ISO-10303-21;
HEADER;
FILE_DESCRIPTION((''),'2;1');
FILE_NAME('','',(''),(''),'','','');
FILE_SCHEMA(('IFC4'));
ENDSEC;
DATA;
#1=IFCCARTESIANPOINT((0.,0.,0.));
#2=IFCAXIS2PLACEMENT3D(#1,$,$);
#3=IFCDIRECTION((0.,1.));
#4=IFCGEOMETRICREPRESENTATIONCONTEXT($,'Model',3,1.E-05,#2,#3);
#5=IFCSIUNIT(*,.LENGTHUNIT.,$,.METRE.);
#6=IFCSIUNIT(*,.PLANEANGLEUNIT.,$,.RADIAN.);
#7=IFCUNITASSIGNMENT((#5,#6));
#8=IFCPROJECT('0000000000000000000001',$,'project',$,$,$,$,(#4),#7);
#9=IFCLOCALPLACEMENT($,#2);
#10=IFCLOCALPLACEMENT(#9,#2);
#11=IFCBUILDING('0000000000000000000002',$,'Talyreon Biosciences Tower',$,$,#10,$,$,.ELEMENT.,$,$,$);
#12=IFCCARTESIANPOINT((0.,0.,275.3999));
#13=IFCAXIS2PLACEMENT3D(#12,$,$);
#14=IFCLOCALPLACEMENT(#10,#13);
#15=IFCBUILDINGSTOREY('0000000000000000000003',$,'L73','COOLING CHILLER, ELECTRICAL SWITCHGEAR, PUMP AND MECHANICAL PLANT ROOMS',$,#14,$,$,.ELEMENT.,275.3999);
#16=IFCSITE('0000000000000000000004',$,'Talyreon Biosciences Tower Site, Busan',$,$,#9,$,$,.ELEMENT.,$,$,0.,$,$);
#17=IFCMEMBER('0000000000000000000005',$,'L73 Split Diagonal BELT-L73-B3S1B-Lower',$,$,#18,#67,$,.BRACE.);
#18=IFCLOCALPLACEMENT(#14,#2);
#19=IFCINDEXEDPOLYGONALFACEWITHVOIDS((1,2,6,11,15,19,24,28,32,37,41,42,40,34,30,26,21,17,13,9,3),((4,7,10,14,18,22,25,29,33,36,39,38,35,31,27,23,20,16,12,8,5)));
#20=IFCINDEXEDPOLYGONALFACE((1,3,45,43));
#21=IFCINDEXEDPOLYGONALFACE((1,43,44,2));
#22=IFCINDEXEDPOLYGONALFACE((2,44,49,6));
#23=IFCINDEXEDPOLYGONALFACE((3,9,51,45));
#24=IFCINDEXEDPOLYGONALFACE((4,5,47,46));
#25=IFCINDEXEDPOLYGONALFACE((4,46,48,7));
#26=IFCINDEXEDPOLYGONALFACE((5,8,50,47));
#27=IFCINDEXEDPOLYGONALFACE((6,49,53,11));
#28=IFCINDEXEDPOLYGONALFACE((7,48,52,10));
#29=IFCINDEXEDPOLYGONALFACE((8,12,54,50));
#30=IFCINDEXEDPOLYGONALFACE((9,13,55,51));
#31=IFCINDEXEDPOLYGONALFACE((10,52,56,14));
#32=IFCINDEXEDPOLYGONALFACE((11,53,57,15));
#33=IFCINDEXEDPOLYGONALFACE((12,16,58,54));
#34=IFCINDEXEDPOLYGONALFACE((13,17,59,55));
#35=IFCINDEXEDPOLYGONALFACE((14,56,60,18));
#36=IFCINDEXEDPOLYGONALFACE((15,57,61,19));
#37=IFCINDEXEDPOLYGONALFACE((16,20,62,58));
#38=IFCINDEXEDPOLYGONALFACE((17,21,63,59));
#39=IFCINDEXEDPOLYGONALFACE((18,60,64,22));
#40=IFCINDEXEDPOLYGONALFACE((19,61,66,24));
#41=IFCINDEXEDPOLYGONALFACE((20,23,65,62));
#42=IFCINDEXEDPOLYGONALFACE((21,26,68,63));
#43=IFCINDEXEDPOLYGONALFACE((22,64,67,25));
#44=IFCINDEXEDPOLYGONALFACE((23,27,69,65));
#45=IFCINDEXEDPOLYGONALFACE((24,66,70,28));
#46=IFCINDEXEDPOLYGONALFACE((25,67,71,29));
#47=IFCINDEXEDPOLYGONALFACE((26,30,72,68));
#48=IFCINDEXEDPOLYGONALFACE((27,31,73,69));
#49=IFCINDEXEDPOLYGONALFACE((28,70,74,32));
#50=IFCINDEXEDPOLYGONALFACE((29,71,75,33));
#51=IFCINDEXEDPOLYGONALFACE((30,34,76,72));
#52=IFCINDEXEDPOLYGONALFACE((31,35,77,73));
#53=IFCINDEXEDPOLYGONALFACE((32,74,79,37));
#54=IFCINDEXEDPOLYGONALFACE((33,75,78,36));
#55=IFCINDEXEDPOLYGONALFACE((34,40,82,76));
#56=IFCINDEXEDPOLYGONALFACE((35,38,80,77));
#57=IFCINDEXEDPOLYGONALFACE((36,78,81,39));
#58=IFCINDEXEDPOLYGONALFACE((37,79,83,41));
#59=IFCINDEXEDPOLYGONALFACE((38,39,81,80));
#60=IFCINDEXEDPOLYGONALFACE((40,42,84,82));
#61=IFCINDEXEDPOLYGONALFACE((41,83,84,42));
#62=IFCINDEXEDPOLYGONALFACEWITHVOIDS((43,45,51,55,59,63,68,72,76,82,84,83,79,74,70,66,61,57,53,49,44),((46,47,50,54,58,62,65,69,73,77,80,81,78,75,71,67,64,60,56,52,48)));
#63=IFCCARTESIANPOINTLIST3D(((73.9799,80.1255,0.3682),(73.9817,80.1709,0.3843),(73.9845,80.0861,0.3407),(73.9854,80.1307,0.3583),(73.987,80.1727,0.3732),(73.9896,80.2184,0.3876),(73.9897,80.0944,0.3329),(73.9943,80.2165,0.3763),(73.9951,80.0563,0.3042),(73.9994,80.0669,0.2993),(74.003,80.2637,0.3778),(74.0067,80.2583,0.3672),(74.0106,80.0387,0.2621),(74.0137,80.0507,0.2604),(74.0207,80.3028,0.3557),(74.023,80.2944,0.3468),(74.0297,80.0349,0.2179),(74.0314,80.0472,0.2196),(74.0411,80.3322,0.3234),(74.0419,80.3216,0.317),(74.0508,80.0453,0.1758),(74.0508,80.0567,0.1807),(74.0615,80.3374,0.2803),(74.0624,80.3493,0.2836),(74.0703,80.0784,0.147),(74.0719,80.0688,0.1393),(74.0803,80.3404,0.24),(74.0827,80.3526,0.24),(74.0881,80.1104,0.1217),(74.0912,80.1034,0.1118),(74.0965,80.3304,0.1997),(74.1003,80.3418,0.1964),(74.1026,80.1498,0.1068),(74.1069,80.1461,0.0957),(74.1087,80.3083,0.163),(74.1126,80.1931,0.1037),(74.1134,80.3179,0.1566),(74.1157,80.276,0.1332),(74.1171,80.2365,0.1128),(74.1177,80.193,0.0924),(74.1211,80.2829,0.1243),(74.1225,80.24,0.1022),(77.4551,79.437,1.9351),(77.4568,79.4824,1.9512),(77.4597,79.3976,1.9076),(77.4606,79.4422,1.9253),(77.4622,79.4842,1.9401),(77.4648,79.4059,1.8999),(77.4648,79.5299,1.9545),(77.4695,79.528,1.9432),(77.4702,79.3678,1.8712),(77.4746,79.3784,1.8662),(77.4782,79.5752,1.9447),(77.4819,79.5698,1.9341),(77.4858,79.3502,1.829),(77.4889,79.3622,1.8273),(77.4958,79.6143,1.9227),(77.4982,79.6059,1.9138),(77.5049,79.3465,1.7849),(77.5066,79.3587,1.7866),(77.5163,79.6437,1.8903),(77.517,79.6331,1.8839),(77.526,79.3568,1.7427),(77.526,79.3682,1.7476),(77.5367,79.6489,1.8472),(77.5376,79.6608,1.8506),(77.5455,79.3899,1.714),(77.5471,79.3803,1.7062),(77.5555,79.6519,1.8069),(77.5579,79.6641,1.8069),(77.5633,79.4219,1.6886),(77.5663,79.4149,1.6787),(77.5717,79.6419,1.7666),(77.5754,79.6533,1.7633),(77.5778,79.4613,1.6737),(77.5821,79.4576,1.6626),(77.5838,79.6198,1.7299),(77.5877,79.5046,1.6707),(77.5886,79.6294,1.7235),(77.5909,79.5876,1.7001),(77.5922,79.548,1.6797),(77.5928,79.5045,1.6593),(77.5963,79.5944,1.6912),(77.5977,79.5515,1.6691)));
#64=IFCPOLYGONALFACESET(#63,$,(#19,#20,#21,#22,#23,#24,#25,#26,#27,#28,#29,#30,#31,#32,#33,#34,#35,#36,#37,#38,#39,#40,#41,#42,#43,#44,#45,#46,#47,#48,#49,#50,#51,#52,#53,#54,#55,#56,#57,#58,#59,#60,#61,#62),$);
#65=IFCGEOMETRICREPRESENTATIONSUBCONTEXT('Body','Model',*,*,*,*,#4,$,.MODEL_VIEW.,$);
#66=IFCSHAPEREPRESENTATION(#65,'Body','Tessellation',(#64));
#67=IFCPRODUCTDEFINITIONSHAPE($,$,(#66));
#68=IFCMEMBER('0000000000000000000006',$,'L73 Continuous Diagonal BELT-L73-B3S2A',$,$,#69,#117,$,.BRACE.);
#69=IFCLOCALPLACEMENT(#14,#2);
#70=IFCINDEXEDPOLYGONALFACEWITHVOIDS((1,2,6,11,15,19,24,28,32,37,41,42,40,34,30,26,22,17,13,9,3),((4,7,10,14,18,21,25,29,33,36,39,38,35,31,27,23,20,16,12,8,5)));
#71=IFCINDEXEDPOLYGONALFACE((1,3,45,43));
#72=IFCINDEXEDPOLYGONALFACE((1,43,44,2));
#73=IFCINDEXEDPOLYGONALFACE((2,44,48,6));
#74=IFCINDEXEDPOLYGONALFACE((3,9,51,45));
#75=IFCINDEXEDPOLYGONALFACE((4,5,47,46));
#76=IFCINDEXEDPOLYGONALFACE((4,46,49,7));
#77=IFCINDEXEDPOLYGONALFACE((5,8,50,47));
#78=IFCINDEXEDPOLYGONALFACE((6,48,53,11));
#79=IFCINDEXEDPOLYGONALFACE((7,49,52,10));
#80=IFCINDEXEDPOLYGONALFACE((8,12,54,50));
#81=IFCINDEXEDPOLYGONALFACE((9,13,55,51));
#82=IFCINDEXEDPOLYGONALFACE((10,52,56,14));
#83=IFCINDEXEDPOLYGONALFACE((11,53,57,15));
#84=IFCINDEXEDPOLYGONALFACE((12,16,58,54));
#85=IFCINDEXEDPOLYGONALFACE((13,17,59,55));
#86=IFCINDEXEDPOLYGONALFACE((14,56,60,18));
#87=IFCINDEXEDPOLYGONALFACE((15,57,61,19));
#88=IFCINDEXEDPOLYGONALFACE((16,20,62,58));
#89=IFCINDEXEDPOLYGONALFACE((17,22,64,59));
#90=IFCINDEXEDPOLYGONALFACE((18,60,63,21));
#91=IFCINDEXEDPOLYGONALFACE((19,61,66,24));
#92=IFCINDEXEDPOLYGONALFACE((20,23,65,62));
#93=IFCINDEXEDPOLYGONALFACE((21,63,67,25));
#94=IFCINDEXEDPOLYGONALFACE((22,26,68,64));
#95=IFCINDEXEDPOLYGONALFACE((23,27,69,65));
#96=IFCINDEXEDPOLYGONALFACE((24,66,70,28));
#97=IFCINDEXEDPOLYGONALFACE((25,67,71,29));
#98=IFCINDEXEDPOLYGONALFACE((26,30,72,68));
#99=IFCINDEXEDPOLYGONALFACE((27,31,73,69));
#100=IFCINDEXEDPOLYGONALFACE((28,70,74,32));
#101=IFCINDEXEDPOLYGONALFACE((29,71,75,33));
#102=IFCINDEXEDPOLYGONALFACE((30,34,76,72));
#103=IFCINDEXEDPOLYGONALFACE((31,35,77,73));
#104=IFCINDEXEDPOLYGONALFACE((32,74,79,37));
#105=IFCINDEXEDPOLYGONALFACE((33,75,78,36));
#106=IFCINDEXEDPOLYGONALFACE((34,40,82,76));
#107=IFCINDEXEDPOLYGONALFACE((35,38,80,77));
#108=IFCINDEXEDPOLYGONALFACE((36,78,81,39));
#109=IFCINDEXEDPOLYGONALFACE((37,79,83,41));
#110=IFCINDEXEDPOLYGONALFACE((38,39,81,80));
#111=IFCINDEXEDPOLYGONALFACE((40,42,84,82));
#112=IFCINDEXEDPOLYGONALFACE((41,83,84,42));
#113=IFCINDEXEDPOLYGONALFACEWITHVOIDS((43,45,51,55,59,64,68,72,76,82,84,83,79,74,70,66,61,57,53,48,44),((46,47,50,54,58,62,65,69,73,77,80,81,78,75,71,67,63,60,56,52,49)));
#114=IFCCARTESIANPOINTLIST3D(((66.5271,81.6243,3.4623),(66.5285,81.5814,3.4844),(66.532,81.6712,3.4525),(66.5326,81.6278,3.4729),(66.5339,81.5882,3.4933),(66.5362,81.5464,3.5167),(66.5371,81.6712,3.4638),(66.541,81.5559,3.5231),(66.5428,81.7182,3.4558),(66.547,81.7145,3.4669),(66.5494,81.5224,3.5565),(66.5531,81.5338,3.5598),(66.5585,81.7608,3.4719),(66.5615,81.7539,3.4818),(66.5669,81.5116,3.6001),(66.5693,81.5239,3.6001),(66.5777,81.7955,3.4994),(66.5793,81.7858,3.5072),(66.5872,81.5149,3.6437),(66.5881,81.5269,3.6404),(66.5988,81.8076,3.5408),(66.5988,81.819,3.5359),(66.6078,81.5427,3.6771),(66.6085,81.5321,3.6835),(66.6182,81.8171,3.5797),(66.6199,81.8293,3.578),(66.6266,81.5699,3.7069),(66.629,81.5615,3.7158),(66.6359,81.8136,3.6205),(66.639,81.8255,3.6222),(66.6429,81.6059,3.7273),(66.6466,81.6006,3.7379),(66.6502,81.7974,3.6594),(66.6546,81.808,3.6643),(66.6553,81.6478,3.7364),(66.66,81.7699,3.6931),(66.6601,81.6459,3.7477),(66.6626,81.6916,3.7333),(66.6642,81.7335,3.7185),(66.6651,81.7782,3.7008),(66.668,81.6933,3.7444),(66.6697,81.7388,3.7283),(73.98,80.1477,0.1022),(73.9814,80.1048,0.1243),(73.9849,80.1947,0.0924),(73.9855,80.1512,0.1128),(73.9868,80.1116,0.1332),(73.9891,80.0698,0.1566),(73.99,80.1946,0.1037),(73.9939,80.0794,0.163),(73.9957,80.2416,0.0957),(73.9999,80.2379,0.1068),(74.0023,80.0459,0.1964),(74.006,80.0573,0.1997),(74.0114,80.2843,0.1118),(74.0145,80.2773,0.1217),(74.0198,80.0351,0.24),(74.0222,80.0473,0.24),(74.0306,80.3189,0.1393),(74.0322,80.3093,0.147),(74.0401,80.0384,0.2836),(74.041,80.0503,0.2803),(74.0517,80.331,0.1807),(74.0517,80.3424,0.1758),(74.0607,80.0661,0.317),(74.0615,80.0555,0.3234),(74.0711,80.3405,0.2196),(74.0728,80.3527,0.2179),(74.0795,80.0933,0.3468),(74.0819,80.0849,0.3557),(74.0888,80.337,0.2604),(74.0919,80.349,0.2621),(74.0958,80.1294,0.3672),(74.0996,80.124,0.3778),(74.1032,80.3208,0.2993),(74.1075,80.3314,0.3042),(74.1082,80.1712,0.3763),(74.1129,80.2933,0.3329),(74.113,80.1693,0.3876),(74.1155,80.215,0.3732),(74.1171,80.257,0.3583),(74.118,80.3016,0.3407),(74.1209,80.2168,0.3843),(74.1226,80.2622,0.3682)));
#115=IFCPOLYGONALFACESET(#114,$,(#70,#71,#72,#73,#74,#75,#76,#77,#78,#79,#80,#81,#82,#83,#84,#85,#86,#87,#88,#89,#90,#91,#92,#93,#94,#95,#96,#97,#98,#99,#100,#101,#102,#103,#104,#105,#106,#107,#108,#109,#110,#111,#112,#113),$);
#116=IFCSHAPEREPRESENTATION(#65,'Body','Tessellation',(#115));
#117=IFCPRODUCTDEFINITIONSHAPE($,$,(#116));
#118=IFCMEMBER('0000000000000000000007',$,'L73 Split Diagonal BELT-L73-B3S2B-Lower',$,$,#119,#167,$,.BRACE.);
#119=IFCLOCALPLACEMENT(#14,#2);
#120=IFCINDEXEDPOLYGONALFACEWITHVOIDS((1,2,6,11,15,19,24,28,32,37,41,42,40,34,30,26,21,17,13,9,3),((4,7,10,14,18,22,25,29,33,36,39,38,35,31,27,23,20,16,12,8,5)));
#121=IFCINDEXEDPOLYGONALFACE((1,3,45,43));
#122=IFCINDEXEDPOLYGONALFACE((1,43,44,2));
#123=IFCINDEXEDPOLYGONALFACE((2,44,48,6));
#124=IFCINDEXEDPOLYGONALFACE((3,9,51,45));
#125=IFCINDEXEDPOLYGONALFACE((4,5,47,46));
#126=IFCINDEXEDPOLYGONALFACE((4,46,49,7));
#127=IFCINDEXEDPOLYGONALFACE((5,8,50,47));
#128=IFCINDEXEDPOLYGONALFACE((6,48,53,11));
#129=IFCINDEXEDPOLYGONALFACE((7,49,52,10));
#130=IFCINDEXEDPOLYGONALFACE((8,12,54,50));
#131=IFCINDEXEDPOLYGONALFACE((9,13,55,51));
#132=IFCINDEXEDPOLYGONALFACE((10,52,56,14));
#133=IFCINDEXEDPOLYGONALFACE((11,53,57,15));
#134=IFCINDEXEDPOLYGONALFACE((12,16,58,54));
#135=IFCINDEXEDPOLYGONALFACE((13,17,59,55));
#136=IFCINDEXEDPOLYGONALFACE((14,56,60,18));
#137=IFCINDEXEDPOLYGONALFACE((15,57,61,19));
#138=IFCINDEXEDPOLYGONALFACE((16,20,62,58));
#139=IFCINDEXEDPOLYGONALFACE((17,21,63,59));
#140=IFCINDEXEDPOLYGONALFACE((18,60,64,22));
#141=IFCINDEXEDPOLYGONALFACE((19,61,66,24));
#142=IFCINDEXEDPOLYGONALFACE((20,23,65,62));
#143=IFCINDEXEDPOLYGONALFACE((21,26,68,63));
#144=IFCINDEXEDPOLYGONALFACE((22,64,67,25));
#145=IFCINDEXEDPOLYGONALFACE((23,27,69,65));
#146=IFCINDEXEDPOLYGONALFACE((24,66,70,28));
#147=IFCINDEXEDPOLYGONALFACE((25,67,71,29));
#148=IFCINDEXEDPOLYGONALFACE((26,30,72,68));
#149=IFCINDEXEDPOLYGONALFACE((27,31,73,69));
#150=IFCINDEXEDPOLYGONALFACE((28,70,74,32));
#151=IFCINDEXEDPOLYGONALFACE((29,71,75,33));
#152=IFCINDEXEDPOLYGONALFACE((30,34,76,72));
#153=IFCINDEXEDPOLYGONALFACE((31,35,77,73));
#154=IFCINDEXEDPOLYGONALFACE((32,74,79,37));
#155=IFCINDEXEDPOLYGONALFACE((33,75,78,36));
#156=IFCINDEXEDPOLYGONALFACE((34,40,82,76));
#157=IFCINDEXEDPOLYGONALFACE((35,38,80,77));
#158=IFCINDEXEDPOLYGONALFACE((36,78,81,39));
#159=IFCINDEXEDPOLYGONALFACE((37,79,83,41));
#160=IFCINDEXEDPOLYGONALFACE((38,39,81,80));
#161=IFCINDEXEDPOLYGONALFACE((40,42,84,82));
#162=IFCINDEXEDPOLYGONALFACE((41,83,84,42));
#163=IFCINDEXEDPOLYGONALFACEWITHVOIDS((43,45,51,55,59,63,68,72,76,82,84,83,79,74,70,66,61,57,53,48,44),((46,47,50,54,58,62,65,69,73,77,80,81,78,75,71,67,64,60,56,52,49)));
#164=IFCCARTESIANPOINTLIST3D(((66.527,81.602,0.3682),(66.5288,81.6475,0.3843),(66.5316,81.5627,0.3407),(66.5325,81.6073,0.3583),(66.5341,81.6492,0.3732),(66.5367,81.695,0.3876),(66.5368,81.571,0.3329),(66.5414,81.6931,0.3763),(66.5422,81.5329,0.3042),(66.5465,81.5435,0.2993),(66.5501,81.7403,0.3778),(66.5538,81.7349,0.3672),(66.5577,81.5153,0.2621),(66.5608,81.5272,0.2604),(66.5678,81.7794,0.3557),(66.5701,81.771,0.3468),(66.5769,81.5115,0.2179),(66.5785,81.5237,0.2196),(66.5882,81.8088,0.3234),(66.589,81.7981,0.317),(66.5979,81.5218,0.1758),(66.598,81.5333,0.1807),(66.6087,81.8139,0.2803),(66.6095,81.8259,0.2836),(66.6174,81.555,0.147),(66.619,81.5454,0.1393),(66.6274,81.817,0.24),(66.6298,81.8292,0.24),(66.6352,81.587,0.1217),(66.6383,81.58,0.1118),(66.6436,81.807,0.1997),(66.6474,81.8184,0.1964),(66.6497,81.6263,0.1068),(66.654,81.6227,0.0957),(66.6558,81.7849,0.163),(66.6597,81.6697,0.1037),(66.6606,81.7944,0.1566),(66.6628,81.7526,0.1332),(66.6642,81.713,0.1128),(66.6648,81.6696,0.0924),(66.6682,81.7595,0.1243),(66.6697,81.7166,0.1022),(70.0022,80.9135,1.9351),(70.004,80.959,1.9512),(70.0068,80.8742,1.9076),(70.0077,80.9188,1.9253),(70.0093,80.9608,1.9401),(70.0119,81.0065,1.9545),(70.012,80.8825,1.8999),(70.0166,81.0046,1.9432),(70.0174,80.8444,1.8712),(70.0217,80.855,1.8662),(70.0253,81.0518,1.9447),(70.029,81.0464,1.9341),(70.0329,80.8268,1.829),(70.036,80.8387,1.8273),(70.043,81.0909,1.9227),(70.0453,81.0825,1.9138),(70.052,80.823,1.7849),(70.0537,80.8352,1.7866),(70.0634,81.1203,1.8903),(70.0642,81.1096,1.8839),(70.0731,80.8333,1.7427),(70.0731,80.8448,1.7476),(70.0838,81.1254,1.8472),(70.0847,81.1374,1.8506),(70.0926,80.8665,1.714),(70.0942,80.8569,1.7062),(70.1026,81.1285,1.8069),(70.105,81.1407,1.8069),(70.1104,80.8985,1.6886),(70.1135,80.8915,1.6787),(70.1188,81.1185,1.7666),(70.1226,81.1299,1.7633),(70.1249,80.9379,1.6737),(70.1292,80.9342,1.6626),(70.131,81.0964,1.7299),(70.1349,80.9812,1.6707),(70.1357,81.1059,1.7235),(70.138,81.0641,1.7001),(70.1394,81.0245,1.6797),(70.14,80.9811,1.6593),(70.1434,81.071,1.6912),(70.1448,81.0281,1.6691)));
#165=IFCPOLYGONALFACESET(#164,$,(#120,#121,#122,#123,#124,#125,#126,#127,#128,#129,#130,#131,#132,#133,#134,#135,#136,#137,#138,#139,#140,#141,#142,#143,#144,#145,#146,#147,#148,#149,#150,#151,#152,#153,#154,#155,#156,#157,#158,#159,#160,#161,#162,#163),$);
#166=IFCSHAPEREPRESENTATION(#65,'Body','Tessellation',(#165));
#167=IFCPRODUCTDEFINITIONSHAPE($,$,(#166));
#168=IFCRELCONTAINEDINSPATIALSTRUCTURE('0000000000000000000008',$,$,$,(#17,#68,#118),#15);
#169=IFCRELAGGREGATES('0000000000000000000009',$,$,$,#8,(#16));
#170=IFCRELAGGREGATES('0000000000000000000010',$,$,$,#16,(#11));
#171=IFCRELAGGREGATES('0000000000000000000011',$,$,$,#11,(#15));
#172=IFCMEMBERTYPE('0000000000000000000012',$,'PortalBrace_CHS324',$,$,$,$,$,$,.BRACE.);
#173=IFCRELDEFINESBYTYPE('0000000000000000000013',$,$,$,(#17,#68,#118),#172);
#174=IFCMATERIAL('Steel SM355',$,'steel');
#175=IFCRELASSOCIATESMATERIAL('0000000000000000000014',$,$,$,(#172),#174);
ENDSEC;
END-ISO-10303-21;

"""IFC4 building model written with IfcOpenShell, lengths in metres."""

from ifc_helpers import new_model, si_unit, direction, frame, origin, origin_2d, place, context, subcontext, project, spatial, hollow_circle, extrude, material, material_profile, profile_set, type_object, element, save


model = new_model("IFC4")

# Units and contexts
model_context = context("Model", 3, precision=1e-05, world=origin(), true_north=direction((0.0, 1.0)))
body_context = subcontext(model_context, "Body", "Model", "MODEL_VIEW")
ifc_project = project(units=[si_unit("LENGTHUNIT", "METRE"), si_unit("PLANEANGLEUNIT", "RADIAN")], contexts=[model_context])

# Site, building, storey
site_placement = place(None, origin())
site = spatial("IfcSite", under=ifc_project, at=site_placement, Name="Talyreon Biosciences Tower Site, Busan", CompositionType="ELEMENT", RefElevation=0.0)
building_placement = place(site_placement, origin())
building = spatial("IfcBuilding", under=site, at=building_placement, Name="Talyreon Biosciences Tower", CompositionType="ELEMENT")
storey_placement = place(building_placement, frame((0.0, 0.0, 275.3999)))
storey = spatial("IfcBuildingStorey", under=building, at=storey_placement, Name="L73", Description="COOLING CHILLER, ELECTRICAL SWITCHGEAR, PUMP AND MECHANICAL PLANT ROOMS", CompositionType="ELEMENT", Elevation=275.3999)

# Shared definitions
ifc_material_1 = material(Name="Steel SM355", Category="steel")

# Members
ifc_material_profile_1 = material_profile(ifc_material_1, hollow_circle(Radius=0.1619, WallThickness=0.0125, at=origin_2d()), Name="CHS 323.9x12.5")
ifc_profile_set_1 = profile_set([ifc_material_profile_1], Name="Steel SM355")
member_type_1 = type_object("IfcMemberType", Name="PortalBrace_CHS324", PredefinedType="BRACE", material=ifc_profile_set_1)
member_1_placement = place(storey_placement, frame((74.0513, 80.1938, 0.24), z_axis=(0.897103, -0.177732, 0.404497), x_axis=(0.19434, 0.980934, 0.0)))
element("IfcMember", 1, at=member_1_placement, inside=storey, type_object=member_type_1, Name="L73 Split Diagonal BELT-L73-B3S1B-Lower", PredefinedType="BRACE", context=body_context, shape_type="SweptSolid", body=[
    extrude(hollow_circle(Radius=0.1619, WallThickness=0.0125, at=origin_2d()), origin(), (0.0, 0.0, 1.0), 3.8738),
])
member_2_placement = place(storey_placement, frame((74.0513, 80.1938, 0.24), z_axis=(-0.897117, 0.177737, 0.404463), x_axis=(-0.194342, -0.980934, 0.0)))
element("IfcMember", 2, at=member_2_placement, inside=storey, type_object=member_type_1, Name="L73 Continuous Diagonal BELT-L73-B3S2A", PredefinedType="BRACE", context=body_context, shape_type="SweptSolid", body=[
    extrude(hollow_circle(Radius=0.1619, WallThickness=0.0125, at=origin_2d()), origin(), (0.0, 0.0, 1.0), 8.3076),
])
member_3_placement = place(storey_placement, frame((66.5984, 81.6704, 0.24), z_axis=(0.897103, -0.177732, 0.404497), x_axis=(0.19434, 0.980934, 0.0)))
element("IfcMember", 3, at=member_3_placement, inside=storey, type_object=member_type_1, Name="L73 Split Diagonal BELT-L73-B3S2B-Lower", PredefinedType="BRACE", context=body_context, shape_type="SweptSolid", body=[
    extrude(hollow_circle(Radius=0.1619, WallThickness=0.0125, at=origin_2d()), origin(), (0.0, 0.0, 1.0), 3.8738),
])

save(model, "model.ifc")
